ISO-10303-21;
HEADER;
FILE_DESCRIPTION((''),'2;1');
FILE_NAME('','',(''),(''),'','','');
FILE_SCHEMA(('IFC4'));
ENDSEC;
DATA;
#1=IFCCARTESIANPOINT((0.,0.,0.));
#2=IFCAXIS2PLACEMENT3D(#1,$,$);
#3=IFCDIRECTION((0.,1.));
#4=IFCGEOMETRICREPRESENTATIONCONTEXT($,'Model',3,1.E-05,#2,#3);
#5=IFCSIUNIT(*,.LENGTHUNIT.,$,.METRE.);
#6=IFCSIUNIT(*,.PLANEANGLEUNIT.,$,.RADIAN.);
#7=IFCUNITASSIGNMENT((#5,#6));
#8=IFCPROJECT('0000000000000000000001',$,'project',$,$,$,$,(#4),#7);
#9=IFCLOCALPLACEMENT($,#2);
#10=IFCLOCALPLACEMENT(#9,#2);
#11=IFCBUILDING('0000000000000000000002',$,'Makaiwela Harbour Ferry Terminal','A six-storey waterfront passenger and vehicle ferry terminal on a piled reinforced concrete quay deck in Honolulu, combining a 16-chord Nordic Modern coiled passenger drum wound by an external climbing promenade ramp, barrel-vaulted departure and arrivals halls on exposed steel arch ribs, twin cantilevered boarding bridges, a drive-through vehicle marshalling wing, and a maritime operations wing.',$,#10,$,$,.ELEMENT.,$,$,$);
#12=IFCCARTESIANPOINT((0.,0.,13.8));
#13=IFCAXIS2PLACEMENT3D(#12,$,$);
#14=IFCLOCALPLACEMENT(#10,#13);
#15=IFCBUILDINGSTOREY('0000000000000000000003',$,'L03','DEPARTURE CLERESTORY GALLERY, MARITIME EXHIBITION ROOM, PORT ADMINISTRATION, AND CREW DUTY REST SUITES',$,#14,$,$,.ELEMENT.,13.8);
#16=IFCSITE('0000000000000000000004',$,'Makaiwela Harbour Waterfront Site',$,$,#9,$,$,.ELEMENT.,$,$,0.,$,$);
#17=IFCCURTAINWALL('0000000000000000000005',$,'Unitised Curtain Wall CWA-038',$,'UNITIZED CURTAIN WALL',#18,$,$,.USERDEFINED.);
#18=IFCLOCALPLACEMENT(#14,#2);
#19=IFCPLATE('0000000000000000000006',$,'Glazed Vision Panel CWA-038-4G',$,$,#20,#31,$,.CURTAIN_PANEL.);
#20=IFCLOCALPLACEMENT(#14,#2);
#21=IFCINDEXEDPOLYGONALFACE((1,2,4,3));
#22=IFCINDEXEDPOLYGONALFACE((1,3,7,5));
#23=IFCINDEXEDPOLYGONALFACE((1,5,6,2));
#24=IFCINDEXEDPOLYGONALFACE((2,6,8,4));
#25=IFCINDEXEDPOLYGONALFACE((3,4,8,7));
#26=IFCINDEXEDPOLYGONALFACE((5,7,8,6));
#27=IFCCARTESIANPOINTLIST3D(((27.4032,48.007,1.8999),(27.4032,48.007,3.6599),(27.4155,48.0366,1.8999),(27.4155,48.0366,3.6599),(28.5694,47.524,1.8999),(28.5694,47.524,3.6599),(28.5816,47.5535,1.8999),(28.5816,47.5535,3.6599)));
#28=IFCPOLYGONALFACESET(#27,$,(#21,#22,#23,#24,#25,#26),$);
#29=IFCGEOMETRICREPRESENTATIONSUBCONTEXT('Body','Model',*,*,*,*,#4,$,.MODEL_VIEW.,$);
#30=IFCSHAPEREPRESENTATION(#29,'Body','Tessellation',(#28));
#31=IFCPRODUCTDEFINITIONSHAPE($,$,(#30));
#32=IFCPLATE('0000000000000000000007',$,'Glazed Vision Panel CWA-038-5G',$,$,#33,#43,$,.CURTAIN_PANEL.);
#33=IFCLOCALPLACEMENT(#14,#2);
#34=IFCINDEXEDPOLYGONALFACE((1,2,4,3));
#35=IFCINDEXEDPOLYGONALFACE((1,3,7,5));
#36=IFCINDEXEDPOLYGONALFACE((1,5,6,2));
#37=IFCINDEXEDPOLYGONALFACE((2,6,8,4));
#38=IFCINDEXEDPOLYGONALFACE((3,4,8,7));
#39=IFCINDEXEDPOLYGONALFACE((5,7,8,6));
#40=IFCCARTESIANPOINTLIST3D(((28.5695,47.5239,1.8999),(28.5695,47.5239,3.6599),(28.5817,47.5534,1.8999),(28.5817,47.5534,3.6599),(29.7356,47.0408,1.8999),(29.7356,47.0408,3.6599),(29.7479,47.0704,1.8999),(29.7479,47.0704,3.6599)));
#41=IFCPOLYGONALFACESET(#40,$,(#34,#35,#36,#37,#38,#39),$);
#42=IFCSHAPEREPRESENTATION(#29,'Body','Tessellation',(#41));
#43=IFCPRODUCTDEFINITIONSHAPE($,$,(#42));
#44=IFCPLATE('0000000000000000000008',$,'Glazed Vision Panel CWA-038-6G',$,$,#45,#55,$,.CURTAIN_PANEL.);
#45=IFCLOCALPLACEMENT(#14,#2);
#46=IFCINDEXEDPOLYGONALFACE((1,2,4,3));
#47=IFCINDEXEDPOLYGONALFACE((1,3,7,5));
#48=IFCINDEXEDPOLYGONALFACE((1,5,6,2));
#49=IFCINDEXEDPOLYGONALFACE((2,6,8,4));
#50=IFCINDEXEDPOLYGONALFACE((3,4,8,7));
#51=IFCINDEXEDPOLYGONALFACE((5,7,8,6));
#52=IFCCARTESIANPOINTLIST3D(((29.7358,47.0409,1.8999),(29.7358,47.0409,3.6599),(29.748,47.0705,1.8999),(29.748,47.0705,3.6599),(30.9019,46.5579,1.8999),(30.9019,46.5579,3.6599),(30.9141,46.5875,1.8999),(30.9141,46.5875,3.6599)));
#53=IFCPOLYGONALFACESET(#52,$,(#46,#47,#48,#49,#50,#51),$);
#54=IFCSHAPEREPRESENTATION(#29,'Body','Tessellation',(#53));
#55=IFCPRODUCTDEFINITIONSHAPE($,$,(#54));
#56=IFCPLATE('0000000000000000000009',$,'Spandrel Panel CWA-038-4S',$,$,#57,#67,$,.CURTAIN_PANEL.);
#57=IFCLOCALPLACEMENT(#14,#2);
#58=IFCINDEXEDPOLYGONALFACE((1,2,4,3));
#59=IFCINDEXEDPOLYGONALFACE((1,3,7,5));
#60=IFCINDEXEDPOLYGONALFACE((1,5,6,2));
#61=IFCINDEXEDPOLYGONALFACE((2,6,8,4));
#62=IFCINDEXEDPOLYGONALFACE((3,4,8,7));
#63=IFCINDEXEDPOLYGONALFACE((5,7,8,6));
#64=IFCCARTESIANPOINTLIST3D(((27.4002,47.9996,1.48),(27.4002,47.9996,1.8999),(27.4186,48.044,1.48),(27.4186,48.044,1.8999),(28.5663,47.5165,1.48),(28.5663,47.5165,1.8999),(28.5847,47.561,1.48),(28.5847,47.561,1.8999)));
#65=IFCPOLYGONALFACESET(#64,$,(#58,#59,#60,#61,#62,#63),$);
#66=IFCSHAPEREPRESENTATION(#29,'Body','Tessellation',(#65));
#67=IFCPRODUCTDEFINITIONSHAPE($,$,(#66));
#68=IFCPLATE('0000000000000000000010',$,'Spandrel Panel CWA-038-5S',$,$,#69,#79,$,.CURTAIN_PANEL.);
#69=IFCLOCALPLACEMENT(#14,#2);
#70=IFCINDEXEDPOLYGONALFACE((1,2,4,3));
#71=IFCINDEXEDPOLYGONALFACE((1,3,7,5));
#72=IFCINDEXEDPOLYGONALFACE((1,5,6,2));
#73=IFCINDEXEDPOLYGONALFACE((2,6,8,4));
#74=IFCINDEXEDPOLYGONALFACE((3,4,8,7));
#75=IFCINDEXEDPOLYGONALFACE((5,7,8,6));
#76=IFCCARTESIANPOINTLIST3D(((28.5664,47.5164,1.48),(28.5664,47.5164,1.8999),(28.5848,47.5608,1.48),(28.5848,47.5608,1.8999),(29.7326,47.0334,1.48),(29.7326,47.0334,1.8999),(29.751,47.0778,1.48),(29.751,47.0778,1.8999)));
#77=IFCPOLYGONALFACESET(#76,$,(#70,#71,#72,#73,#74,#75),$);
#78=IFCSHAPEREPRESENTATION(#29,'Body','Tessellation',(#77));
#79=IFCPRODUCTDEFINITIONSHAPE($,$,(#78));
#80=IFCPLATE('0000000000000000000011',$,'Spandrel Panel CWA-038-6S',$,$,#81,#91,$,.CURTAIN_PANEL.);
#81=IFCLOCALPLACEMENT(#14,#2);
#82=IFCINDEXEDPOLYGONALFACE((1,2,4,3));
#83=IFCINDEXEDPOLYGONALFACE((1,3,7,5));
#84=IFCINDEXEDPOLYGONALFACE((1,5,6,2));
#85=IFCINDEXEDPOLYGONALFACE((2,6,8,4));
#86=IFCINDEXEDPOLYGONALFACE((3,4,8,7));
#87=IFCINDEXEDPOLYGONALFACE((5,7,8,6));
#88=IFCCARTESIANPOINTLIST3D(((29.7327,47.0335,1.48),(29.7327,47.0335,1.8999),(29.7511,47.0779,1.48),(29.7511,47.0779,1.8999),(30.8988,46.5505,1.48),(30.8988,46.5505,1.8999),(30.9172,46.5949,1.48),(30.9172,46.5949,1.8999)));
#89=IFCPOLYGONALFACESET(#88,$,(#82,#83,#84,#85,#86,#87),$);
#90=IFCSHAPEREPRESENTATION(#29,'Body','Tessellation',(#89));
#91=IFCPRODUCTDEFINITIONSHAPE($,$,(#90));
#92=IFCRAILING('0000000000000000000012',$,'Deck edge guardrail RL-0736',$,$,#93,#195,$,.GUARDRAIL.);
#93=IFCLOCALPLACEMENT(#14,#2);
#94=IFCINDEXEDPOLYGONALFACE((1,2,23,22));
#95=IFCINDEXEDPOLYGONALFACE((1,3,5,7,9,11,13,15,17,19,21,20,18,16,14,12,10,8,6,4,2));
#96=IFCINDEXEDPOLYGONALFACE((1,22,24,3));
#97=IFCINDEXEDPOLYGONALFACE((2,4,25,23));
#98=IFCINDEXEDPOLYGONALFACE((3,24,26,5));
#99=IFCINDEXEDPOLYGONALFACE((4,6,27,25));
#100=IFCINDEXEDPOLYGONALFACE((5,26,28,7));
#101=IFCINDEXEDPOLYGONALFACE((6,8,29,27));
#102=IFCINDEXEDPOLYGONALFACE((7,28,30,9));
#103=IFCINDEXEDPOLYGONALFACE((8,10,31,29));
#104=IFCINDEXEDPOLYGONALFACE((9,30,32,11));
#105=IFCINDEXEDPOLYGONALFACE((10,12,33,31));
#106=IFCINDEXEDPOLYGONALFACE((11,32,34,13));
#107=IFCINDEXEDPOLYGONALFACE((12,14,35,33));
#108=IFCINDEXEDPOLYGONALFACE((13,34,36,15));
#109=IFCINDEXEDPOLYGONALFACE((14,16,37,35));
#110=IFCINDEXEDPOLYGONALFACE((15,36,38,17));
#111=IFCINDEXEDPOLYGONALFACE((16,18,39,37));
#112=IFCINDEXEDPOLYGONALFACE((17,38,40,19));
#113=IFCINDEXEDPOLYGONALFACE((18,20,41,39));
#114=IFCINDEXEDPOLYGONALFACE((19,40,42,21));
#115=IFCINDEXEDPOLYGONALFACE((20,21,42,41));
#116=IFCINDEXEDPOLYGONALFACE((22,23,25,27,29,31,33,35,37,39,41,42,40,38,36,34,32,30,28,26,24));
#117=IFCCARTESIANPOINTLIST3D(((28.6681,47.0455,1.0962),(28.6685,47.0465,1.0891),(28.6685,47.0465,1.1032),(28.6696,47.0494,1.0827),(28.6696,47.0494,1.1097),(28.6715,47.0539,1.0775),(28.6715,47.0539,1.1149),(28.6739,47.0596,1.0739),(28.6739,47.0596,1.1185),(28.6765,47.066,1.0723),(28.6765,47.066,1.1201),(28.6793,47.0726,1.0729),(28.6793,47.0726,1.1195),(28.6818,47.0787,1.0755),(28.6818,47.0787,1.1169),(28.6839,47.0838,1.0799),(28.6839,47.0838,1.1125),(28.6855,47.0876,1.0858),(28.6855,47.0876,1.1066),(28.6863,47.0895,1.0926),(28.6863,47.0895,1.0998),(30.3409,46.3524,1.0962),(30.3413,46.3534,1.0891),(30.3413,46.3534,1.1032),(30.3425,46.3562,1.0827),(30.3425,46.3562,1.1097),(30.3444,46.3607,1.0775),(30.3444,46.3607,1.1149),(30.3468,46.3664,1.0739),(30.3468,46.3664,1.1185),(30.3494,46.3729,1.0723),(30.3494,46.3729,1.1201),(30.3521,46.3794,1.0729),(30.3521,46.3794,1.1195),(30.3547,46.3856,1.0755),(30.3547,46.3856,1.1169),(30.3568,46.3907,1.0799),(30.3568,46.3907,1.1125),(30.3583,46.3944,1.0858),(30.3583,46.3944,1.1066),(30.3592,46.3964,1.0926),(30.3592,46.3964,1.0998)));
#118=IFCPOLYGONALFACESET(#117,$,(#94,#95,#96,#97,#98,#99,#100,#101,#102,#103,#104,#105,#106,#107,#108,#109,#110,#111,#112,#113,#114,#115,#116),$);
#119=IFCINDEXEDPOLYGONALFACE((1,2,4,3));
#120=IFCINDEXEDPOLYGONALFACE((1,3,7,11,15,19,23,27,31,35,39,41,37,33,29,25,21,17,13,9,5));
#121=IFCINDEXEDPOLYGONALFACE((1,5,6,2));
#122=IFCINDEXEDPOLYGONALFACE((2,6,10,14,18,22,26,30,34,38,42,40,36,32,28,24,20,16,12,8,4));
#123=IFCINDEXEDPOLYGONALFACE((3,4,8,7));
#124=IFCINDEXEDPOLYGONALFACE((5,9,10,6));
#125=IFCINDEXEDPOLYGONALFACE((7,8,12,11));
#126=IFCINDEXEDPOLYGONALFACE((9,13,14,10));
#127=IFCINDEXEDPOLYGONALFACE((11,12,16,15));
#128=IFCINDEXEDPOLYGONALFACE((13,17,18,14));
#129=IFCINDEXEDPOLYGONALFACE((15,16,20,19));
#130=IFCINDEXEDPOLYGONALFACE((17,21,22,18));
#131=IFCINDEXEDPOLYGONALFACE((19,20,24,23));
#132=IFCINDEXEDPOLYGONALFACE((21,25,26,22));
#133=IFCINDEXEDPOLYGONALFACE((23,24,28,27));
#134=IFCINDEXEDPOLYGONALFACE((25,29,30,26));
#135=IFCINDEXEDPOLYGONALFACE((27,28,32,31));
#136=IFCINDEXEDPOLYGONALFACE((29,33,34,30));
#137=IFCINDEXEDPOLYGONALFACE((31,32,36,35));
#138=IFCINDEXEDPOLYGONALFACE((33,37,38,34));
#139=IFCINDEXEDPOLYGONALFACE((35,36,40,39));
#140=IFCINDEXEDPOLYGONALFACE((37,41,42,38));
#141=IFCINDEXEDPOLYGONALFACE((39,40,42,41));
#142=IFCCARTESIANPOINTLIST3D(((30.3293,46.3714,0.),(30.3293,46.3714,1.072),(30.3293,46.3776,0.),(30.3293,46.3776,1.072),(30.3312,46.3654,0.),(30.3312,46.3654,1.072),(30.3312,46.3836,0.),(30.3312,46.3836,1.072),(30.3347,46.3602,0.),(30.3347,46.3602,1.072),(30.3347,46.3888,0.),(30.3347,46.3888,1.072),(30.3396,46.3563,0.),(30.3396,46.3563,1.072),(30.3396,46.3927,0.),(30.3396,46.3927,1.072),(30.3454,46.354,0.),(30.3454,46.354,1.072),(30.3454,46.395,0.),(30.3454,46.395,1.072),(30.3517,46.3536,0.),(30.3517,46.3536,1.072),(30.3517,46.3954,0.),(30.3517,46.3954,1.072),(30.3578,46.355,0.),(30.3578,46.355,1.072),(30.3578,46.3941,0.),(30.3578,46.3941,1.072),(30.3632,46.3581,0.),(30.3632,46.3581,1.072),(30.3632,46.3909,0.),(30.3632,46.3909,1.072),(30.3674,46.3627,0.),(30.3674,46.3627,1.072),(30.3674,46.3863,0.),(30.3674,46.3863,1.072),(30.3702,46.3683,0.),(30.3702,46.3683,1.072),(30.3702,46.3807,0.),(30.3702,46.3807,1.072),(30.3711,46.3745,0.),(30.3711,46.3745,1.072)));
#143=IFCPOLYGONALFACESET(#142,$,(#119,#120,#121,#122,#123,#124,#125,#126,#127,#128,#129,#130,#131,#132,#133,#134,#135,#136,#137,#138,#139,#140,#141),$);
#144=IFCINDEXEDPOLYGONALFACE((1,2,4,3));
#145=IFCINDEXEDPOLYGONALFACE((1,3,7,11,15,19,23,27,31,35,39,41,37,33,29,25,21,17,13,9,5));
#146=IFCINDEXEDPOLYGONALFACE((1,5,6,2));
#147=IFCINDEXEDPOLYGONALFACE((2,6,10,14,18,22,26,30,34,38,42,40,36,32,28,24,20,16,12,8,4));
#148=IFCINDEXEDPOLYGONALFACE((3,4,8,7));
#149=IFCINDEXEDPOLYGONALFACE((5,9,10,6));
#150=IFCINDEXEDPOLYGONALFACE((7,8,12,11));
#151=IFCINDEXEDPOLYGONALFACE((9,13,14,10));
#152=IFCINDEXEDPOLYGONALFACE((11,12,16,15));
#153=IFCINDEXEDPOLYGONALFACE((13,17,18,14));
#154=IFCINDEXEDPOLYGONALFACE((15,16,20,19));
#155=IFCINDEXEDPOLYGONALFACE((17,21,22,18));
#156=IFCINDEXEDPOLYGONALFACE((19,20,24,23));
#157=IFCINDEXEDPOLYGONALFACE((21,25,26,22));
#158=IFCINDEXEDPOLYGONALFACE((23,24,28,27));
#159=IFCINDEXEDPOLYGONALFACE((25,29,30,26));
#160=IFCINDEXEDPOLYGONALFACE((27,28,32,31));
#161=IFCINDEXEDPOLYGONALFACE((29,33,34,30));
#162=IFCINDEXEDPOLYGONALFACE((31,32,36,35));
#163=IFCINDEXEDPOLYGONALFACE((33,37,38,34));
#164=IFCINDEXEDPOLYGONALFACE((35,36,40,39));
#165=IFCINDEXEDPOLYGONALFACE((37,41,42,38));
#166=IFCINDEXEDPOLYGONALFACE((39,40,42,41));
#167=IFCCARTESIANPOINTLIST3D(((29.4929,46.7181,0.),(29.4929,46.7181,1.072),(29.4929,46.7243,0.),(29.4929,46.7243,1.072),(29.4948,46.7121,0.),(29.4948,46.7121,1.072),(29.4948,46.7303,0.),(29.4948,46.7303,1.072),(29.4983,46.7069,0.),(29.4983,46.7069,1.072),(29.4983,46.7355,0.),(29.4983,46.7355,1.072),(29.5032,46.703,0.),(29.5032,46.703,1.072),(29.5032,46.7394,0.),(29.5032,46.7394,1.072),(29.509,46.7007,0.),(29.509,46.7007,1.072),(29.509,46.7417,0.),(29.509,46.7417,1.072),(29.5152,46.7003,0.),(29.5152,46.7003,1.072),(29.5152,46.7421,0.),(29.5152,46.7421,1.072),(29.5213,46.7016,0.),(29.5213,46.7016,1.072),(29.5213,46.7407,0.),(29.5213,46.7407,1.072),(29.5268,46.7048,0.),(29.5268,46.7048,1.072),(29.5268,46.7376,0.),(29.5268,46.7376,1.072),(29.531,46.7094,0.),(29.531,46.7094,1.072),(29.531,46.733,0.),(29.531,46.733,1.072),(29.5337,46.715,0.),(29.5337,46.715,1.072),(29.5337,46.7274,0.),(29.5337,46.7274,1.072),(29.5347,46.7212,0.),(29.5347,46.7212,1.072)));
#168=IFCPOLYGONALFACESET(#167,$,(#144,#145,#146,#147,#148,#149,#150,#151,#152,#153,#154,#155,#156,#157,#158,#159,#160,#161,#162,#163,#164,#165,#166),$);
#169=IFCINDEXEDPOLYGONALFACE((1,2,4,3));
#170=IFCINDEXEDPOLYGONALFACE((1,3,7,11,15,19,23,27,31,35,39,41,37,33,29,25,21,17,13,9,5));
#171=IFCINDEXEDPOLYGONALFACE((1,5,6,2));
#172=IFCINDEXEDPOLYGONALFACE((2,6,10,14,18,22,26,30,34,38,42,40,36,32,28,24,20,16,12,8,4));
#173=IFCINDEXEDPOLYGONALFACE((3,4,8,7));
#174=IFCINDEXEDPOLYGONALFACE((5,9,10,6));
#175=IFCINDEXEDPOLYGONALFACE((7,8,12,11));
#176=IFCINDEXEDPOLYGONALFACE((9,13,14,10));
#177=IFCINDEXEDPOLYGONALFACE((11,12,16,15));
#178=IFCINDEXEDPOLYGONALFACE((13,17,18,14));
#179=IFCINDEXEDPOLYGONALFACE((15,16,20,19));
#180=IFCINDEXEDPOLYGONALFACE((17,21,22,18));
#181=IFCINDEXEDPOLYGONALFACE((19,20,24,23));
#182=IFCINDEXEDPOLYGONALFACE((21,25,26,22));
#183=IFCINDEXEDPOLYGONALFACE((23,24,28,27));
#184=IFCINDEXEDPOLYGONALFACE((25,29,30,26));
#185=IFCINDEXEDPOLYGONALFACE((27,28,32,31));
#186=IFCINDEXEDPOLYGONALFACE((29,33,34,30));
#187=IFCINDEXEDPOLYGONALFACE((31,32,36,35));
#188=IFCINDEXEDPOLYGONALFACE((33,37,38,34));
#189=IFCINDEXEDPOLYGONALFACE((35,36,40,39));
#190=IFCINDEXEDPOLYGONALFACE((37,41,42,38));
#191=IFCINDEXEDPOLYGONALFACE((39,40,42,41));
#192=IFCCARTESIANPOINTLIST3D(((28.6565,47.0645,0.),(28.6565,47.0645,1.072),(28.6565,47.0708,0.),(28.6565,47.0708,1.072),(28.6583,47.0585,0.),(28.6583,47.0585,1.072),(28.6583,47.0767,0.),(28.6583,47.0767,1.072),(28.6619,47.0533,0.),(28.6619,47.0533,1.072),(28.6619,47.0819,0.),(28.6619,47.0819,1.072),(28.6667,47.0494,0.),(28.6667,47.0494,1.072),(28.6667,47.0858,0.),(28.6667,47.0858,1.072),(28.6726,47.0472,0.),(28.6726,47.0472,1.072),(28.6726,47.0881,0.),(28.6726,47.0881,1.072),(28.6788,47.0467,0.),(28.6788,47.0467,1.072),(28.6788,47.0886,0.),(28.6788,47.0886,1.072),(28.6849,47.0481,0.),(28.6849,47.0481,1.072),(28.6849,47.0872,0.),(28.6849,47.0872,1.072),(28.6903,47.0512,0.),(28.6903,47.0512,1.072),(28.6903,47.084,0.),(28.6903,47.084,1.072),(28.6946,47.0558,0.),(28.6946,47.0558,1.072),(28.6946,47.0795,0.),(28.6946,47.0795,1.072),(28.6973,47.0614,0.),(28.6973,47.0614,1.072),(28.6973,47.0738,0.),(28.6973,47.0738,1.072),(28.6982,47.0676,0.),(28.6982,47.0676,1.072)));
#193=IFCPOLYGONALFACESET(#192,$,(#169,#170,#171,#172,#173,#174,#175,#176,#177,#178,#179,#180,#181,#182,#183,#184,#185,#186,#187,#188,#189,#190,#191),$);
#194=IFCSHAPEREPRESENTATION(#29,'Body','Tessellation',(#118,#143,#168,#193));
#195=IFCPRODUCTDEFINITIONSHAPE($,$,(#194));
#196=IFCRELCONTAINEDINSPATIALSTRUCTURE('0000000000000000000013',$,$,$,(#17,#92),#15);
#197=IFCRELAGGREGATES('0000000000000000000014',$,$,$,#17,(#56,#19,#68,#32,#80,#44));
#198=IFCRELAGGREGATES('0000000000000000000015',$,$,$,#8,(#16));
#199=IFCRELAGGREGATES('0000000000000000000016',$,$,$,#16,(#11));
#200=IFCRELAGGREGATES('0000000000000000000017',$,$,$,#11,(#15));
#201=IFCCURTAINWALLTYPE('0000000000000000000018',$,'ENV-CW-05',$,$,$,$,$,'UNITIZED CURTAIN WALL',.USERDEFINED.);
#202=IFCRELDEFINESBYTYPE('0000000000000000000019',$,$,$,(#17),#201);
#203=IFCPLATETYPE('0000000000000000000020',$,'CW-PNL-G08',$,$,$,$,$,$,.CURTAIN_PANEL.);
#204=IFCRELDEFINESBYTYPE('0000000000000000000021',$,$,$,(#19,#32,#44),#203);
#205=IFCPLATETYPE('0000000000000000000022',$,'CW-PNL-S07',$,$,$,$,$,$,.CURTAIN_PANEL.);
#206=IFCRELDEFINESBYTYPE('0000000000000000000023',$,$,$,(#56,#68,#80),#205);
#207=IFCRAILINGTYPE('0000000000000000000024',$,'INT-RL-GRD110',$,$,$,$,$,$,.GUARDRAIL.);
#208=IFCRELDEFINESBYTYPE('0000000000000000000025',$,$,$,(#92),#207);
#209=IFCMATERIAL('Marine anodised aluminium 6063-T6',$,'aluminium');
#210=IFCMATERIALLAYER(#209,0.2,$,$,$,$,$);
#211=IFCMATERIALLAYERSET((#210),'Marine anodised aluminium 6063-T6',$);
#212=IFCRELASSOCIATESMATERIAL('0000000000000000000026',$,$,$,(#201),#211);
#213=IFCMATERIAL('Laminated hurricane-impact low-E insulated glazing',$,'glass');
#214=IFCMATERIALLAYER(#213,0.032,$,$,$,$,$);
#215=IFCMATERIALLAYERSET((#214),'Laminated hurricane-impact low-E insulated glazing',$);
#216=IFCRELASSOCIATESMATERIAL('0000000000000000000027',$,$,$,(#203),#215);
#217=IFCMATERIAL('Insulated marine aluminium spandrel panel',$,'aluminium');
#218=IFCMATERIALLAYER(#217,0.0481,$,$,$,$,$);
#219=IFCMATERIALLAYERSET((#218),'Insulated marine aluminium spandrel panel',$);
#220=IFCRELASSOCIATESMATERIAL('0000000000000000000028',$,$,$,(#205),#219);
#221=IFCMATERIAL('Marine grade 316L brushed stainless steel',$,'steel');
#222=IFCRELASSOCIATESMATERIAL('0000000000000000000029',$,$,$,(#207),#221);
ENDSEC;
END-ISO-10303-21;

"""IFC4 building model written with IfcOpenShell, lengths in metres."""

from ifc_helpers import new_model, si_unit, direction, frame, origin, origin_2d, place, context, subcontext, project, spatial, rectangle, circle, extrude, material, layer, layer_set, type_object, element, aggregate, save


model = new_model("IFC4")

# Units and contexts
model_context = context("Model", 3, precision=1e-05, world=origin(), true_north=direction((0.0, 1.0)))
body_context = subcontext(model_context, "Body", "Model", "MODEL_VIEW")
ifc_project = project(units=[si_unit("LENGTHUNIT", "METRE"), si_unit("PLANEANGLEUNIT", "RADIAN")], contexts=[model_context])

# Site, building, storey
site_placement = place(None, origin())
site = spatial("IfcSite", under=ifc_project, at=site_placement, Name="Makaiwela Harbour Waterfront Site", CompositionType="ELEMENT", RefElevation=0.0)
building_placement = place(site_placement, origin())
building = spatial("IfcBuilding", under=site, at=building_placement, Name="Makaiwela Harbour Ferry Terminal", Description="A six-storey waterfront passenger and vehicle ferry terminal on a piled reinforced concrete quay deck in Honolulu, combining a 16-chord Nordic Modern coiled passenger drum wound by an external climbing promenade ramp, barrel-vaulted departure and arrivals halls on exposed steel arch ribs, twin cantilevered boarding bridges, a drive-through vehicle marshalling wing, and a maritime operations wing.", CompositionType="ELEMENT")
storey_placement = place(building_placement, frame((0.0, 0.0, 13.8)))
storey = spatial("IfcBuildingStorey", under=building, at=storey_placement, Name="L03", Description="DEPARTURE CLERESTORY GALLERY, MARITIME EXHIBITION ROOM, PORT ADMINISTRATION, AND CREW DUTY REST SUITES", CompositionType="ELEMENT", Elevation=13.8)

# Curtain wall
ifc_material_1 = material(Name="Marine anodised aluminium 6063-T6", Category="aluminium")
ifc_layer_1 = layer(ifc_material_1, 0.2)
ifc_layer_set_1 = layer_set([ifc_layer_1], Name="Marine anodised aluminium 6063-T6")
curtain_wall_type = type_object("IfcCurtainWallType", Name="ENV-CW-05", ElementType="UNITIZED CURTAIN WALL", PredefinedType="USERDEFINED", material=ifc_layer_set_1)
curtain_wall_placement = place(storey_placement, origin())
curtain_wall = element("IfcCurtainWall", 1, at=curtain_wall_placement, inside=storey, type_object=curtain_wall_type, Name="Unitised Curtain Wall CWA-038", ObjectType="UNITIZED CURTAIN WALL", PredefinedType="USERDEFINED")

# Plates
ifc_material_2 = material(Name="Laminated hurricane-impact low-E insulated glazing", Category="glass")
ifc_layer_2 = layer(ifc_material_2, 0.032)
ifc_layer_set_2 = layer_set([ifc_layer_2], Name="Laminated hurricane-impact low-E insulated glazing")
plate_type_1 = type_object("IfcPlateType", Name="CW-PNL-G08", PredefinedType="CURTAIN_PANEL", material=ifc_layer_set_2)
plate_1_placement = place(storey_placement, frame((27.9924, 47.7803, 1.8999), z_axis=(0.0, 0.0, 1.0), x_axis=(0.92388, -0.382683, 0.0)))
plate_1 = element("IfcPlate", 2, at=plate_1_placement, type_object=plate_type_1, Name="Glazed Vision Panel CWA-038-4G", PredefinedType="CURTAIN_PANEL", context=body_context, shape_type="SweptSolid", body=[
    extrude(rectangle(XDim=1.2622, YDim=0.032, at=origin_2d()), origin(), (0.0, 0.0, 1.0), 1.76),
])
plate_2_placement = place(storey_placement, frame((29.1587, 47.2971, 1.8999), z_axis=(0.0, 0.0, 1.0), x_axis=(0.92388, -0.382683, 0.0)))
plate_2 = element("IfcPlate", 3, at=plate_2_placement, type_object=plate_type_1, Name="Glazed Vision Panel CWA-038-5G", PredefinedType="CURTAIN_PANEL", context=body_context, shape_type="SweptSolid", body=[
    extrude(rectangle(XDim=1.2622, YDim=0.032, at=origin_2d()), origin(), (0.0, 0.0, 1.0), 1.76),
])
plate_3_placement = place(storey_placement, frame((30.325, 46.8142, 1.8999), z_axis=(0.0, 0.0, 1.0), x_axis=(0.92388, -0.382683, 0.0)))
plate_3 = element("IfcPlate", 4, at=plate_3_placement, type_object=plate_type_1, Name="Glazed Vision Panel CWA-038-6G", PredefinedType="CURTAIN_PANEL", context=body_context, shape_type="SweptSolid", body=[
    extrude(rectangle(XDim=1.2622, YDim=0.032, at=origin_2d()), origin(), (0.0, 0.0, 1.0), 1.76),
])
ifc_material_3 = material(Name="Insulated marine aluminium spandrel panel", Category="aluminium")
ifc_layer_3 = layer(ifc_material_3, 0.0481)
ifc_layer_set_3 = layer_set([ifc_layer_3], Name="Insulated marine aluminium spandrel panel")
plate_type_2 = type_object("IfcPlateType", Name="CW-PNL-S07", PredefinedType="CURTAIN_PANEL", material=ifc_layer_set_3)
plate_4_placement = place(storey_placement, frame((27.9924, 47.7803, 1.48), z_axis=(0.0, 0.0, 1.0), x_axis=(0.92388, -0.382683, 0.0)))
plate_4 = element("IfcPlate", 5, at=plate_4_placement, type_object=plate_type_2, Name="Spandrel Panel CWA-038-4S", PredefinedType="CURTAIN_PANEL", context=body_context, shape_type="SweptSolid", body=[
    extrude(rectangle(XDim=1.2622, YDim=0.0481, at=origin_2d()), origin(), (0.0, 0.0, 1.0), 0.4199),
])
plate_5_placement = place(storey_placement, frame((29.1587, 47.2971, 1.48), z_axis=(0.0, 0.0, 1.0), x_axis=(0.92388, -0.382683, 0.0)))
plate_5 = element("IfcPlate", 6, at=plate_5_placement, type_object=plate_type_2, Name="Spandrel Panel CWA-038-5S", PredefinedType="CURTAIN_PANEL", context=body_context, shape_type="SweptSolid", body=[
    extrude(rectangle(XDim=1.2622, YDim=0.0481, at=origin_2d()), origin(), (0.0, 0.0, 1.0), 0.4199),
])
plate_6_placement = place(storey_placement, frame((30.325, 46.8142, 1.48), z_axis=(0.0, 0.0, 1.0), x_axis=(0.92388, -0.382683, 0.0)))
plate_6 = element("IfcPlate", 7, at=plate_6_placement, type_object=plate_type_2, Name="Spandrel Panel CWA-038-6S", PredefinedType="CURTAIN_PANEL", context=body_context, shape_type="SweptSolid", body=[
    extrude(rectangle(XDim=1.2622, YDim=0.0481, at=origin_2d()), origin(), (0.0, 0.0, 1.0), 0.4199),
])
aggregate(curtain_wall, [plate_4, plate_1, plate_5, plate_2, plate_6, plate_3])

# Railing
ifc_material_4 = material(Name="Marine grade 316L brushed stainless steel", Category="steel")
railing_type = type_object("IfcRailingType", Name="INT-RL-GRD110", PredefinedType="GUARDRAIL", material=ifc_material_4)
railing_1_placement = place(storey_placement, frame((30.3501, 46.3745, 0.0)))
element("IfcRailing", 8, at=railing_1_placement, inside=storey, type_object=railing_type, Name="Deck edge guardrail RL-0736", PredefinedType="GUARDRAIL", context=body_context, shape_type="SweptSolid", body=[
    extrude(circle(Radius=0.0239, at=origin_2d()), frame((0.0, 0.0, 1.0962), z_axis=(-0.923841, 0.382776, 0.0), x_axis=(-0.382776, -0.923841, 0.0)), (0.0, 0.0, 1.0), 1.8108),
    extrude(circle(Radius=0.021, at=origin_2d()), origin(), (0.0, 0.0, 1.0), 1.072),
    extrude(circle(Radius=0.021, at=origin_2d()), frame((-0.8364, 0.3467, 0.0)), (0.0, 0.0, 1.0), 1.072),
    extrude(circle(Radius=0.021, at=origin_2d()), frame((-1.6729, 0.6931, 0.0)), (0.0, 0.0, 1.0), 1.072),
])

save(model, "model.ifc")
